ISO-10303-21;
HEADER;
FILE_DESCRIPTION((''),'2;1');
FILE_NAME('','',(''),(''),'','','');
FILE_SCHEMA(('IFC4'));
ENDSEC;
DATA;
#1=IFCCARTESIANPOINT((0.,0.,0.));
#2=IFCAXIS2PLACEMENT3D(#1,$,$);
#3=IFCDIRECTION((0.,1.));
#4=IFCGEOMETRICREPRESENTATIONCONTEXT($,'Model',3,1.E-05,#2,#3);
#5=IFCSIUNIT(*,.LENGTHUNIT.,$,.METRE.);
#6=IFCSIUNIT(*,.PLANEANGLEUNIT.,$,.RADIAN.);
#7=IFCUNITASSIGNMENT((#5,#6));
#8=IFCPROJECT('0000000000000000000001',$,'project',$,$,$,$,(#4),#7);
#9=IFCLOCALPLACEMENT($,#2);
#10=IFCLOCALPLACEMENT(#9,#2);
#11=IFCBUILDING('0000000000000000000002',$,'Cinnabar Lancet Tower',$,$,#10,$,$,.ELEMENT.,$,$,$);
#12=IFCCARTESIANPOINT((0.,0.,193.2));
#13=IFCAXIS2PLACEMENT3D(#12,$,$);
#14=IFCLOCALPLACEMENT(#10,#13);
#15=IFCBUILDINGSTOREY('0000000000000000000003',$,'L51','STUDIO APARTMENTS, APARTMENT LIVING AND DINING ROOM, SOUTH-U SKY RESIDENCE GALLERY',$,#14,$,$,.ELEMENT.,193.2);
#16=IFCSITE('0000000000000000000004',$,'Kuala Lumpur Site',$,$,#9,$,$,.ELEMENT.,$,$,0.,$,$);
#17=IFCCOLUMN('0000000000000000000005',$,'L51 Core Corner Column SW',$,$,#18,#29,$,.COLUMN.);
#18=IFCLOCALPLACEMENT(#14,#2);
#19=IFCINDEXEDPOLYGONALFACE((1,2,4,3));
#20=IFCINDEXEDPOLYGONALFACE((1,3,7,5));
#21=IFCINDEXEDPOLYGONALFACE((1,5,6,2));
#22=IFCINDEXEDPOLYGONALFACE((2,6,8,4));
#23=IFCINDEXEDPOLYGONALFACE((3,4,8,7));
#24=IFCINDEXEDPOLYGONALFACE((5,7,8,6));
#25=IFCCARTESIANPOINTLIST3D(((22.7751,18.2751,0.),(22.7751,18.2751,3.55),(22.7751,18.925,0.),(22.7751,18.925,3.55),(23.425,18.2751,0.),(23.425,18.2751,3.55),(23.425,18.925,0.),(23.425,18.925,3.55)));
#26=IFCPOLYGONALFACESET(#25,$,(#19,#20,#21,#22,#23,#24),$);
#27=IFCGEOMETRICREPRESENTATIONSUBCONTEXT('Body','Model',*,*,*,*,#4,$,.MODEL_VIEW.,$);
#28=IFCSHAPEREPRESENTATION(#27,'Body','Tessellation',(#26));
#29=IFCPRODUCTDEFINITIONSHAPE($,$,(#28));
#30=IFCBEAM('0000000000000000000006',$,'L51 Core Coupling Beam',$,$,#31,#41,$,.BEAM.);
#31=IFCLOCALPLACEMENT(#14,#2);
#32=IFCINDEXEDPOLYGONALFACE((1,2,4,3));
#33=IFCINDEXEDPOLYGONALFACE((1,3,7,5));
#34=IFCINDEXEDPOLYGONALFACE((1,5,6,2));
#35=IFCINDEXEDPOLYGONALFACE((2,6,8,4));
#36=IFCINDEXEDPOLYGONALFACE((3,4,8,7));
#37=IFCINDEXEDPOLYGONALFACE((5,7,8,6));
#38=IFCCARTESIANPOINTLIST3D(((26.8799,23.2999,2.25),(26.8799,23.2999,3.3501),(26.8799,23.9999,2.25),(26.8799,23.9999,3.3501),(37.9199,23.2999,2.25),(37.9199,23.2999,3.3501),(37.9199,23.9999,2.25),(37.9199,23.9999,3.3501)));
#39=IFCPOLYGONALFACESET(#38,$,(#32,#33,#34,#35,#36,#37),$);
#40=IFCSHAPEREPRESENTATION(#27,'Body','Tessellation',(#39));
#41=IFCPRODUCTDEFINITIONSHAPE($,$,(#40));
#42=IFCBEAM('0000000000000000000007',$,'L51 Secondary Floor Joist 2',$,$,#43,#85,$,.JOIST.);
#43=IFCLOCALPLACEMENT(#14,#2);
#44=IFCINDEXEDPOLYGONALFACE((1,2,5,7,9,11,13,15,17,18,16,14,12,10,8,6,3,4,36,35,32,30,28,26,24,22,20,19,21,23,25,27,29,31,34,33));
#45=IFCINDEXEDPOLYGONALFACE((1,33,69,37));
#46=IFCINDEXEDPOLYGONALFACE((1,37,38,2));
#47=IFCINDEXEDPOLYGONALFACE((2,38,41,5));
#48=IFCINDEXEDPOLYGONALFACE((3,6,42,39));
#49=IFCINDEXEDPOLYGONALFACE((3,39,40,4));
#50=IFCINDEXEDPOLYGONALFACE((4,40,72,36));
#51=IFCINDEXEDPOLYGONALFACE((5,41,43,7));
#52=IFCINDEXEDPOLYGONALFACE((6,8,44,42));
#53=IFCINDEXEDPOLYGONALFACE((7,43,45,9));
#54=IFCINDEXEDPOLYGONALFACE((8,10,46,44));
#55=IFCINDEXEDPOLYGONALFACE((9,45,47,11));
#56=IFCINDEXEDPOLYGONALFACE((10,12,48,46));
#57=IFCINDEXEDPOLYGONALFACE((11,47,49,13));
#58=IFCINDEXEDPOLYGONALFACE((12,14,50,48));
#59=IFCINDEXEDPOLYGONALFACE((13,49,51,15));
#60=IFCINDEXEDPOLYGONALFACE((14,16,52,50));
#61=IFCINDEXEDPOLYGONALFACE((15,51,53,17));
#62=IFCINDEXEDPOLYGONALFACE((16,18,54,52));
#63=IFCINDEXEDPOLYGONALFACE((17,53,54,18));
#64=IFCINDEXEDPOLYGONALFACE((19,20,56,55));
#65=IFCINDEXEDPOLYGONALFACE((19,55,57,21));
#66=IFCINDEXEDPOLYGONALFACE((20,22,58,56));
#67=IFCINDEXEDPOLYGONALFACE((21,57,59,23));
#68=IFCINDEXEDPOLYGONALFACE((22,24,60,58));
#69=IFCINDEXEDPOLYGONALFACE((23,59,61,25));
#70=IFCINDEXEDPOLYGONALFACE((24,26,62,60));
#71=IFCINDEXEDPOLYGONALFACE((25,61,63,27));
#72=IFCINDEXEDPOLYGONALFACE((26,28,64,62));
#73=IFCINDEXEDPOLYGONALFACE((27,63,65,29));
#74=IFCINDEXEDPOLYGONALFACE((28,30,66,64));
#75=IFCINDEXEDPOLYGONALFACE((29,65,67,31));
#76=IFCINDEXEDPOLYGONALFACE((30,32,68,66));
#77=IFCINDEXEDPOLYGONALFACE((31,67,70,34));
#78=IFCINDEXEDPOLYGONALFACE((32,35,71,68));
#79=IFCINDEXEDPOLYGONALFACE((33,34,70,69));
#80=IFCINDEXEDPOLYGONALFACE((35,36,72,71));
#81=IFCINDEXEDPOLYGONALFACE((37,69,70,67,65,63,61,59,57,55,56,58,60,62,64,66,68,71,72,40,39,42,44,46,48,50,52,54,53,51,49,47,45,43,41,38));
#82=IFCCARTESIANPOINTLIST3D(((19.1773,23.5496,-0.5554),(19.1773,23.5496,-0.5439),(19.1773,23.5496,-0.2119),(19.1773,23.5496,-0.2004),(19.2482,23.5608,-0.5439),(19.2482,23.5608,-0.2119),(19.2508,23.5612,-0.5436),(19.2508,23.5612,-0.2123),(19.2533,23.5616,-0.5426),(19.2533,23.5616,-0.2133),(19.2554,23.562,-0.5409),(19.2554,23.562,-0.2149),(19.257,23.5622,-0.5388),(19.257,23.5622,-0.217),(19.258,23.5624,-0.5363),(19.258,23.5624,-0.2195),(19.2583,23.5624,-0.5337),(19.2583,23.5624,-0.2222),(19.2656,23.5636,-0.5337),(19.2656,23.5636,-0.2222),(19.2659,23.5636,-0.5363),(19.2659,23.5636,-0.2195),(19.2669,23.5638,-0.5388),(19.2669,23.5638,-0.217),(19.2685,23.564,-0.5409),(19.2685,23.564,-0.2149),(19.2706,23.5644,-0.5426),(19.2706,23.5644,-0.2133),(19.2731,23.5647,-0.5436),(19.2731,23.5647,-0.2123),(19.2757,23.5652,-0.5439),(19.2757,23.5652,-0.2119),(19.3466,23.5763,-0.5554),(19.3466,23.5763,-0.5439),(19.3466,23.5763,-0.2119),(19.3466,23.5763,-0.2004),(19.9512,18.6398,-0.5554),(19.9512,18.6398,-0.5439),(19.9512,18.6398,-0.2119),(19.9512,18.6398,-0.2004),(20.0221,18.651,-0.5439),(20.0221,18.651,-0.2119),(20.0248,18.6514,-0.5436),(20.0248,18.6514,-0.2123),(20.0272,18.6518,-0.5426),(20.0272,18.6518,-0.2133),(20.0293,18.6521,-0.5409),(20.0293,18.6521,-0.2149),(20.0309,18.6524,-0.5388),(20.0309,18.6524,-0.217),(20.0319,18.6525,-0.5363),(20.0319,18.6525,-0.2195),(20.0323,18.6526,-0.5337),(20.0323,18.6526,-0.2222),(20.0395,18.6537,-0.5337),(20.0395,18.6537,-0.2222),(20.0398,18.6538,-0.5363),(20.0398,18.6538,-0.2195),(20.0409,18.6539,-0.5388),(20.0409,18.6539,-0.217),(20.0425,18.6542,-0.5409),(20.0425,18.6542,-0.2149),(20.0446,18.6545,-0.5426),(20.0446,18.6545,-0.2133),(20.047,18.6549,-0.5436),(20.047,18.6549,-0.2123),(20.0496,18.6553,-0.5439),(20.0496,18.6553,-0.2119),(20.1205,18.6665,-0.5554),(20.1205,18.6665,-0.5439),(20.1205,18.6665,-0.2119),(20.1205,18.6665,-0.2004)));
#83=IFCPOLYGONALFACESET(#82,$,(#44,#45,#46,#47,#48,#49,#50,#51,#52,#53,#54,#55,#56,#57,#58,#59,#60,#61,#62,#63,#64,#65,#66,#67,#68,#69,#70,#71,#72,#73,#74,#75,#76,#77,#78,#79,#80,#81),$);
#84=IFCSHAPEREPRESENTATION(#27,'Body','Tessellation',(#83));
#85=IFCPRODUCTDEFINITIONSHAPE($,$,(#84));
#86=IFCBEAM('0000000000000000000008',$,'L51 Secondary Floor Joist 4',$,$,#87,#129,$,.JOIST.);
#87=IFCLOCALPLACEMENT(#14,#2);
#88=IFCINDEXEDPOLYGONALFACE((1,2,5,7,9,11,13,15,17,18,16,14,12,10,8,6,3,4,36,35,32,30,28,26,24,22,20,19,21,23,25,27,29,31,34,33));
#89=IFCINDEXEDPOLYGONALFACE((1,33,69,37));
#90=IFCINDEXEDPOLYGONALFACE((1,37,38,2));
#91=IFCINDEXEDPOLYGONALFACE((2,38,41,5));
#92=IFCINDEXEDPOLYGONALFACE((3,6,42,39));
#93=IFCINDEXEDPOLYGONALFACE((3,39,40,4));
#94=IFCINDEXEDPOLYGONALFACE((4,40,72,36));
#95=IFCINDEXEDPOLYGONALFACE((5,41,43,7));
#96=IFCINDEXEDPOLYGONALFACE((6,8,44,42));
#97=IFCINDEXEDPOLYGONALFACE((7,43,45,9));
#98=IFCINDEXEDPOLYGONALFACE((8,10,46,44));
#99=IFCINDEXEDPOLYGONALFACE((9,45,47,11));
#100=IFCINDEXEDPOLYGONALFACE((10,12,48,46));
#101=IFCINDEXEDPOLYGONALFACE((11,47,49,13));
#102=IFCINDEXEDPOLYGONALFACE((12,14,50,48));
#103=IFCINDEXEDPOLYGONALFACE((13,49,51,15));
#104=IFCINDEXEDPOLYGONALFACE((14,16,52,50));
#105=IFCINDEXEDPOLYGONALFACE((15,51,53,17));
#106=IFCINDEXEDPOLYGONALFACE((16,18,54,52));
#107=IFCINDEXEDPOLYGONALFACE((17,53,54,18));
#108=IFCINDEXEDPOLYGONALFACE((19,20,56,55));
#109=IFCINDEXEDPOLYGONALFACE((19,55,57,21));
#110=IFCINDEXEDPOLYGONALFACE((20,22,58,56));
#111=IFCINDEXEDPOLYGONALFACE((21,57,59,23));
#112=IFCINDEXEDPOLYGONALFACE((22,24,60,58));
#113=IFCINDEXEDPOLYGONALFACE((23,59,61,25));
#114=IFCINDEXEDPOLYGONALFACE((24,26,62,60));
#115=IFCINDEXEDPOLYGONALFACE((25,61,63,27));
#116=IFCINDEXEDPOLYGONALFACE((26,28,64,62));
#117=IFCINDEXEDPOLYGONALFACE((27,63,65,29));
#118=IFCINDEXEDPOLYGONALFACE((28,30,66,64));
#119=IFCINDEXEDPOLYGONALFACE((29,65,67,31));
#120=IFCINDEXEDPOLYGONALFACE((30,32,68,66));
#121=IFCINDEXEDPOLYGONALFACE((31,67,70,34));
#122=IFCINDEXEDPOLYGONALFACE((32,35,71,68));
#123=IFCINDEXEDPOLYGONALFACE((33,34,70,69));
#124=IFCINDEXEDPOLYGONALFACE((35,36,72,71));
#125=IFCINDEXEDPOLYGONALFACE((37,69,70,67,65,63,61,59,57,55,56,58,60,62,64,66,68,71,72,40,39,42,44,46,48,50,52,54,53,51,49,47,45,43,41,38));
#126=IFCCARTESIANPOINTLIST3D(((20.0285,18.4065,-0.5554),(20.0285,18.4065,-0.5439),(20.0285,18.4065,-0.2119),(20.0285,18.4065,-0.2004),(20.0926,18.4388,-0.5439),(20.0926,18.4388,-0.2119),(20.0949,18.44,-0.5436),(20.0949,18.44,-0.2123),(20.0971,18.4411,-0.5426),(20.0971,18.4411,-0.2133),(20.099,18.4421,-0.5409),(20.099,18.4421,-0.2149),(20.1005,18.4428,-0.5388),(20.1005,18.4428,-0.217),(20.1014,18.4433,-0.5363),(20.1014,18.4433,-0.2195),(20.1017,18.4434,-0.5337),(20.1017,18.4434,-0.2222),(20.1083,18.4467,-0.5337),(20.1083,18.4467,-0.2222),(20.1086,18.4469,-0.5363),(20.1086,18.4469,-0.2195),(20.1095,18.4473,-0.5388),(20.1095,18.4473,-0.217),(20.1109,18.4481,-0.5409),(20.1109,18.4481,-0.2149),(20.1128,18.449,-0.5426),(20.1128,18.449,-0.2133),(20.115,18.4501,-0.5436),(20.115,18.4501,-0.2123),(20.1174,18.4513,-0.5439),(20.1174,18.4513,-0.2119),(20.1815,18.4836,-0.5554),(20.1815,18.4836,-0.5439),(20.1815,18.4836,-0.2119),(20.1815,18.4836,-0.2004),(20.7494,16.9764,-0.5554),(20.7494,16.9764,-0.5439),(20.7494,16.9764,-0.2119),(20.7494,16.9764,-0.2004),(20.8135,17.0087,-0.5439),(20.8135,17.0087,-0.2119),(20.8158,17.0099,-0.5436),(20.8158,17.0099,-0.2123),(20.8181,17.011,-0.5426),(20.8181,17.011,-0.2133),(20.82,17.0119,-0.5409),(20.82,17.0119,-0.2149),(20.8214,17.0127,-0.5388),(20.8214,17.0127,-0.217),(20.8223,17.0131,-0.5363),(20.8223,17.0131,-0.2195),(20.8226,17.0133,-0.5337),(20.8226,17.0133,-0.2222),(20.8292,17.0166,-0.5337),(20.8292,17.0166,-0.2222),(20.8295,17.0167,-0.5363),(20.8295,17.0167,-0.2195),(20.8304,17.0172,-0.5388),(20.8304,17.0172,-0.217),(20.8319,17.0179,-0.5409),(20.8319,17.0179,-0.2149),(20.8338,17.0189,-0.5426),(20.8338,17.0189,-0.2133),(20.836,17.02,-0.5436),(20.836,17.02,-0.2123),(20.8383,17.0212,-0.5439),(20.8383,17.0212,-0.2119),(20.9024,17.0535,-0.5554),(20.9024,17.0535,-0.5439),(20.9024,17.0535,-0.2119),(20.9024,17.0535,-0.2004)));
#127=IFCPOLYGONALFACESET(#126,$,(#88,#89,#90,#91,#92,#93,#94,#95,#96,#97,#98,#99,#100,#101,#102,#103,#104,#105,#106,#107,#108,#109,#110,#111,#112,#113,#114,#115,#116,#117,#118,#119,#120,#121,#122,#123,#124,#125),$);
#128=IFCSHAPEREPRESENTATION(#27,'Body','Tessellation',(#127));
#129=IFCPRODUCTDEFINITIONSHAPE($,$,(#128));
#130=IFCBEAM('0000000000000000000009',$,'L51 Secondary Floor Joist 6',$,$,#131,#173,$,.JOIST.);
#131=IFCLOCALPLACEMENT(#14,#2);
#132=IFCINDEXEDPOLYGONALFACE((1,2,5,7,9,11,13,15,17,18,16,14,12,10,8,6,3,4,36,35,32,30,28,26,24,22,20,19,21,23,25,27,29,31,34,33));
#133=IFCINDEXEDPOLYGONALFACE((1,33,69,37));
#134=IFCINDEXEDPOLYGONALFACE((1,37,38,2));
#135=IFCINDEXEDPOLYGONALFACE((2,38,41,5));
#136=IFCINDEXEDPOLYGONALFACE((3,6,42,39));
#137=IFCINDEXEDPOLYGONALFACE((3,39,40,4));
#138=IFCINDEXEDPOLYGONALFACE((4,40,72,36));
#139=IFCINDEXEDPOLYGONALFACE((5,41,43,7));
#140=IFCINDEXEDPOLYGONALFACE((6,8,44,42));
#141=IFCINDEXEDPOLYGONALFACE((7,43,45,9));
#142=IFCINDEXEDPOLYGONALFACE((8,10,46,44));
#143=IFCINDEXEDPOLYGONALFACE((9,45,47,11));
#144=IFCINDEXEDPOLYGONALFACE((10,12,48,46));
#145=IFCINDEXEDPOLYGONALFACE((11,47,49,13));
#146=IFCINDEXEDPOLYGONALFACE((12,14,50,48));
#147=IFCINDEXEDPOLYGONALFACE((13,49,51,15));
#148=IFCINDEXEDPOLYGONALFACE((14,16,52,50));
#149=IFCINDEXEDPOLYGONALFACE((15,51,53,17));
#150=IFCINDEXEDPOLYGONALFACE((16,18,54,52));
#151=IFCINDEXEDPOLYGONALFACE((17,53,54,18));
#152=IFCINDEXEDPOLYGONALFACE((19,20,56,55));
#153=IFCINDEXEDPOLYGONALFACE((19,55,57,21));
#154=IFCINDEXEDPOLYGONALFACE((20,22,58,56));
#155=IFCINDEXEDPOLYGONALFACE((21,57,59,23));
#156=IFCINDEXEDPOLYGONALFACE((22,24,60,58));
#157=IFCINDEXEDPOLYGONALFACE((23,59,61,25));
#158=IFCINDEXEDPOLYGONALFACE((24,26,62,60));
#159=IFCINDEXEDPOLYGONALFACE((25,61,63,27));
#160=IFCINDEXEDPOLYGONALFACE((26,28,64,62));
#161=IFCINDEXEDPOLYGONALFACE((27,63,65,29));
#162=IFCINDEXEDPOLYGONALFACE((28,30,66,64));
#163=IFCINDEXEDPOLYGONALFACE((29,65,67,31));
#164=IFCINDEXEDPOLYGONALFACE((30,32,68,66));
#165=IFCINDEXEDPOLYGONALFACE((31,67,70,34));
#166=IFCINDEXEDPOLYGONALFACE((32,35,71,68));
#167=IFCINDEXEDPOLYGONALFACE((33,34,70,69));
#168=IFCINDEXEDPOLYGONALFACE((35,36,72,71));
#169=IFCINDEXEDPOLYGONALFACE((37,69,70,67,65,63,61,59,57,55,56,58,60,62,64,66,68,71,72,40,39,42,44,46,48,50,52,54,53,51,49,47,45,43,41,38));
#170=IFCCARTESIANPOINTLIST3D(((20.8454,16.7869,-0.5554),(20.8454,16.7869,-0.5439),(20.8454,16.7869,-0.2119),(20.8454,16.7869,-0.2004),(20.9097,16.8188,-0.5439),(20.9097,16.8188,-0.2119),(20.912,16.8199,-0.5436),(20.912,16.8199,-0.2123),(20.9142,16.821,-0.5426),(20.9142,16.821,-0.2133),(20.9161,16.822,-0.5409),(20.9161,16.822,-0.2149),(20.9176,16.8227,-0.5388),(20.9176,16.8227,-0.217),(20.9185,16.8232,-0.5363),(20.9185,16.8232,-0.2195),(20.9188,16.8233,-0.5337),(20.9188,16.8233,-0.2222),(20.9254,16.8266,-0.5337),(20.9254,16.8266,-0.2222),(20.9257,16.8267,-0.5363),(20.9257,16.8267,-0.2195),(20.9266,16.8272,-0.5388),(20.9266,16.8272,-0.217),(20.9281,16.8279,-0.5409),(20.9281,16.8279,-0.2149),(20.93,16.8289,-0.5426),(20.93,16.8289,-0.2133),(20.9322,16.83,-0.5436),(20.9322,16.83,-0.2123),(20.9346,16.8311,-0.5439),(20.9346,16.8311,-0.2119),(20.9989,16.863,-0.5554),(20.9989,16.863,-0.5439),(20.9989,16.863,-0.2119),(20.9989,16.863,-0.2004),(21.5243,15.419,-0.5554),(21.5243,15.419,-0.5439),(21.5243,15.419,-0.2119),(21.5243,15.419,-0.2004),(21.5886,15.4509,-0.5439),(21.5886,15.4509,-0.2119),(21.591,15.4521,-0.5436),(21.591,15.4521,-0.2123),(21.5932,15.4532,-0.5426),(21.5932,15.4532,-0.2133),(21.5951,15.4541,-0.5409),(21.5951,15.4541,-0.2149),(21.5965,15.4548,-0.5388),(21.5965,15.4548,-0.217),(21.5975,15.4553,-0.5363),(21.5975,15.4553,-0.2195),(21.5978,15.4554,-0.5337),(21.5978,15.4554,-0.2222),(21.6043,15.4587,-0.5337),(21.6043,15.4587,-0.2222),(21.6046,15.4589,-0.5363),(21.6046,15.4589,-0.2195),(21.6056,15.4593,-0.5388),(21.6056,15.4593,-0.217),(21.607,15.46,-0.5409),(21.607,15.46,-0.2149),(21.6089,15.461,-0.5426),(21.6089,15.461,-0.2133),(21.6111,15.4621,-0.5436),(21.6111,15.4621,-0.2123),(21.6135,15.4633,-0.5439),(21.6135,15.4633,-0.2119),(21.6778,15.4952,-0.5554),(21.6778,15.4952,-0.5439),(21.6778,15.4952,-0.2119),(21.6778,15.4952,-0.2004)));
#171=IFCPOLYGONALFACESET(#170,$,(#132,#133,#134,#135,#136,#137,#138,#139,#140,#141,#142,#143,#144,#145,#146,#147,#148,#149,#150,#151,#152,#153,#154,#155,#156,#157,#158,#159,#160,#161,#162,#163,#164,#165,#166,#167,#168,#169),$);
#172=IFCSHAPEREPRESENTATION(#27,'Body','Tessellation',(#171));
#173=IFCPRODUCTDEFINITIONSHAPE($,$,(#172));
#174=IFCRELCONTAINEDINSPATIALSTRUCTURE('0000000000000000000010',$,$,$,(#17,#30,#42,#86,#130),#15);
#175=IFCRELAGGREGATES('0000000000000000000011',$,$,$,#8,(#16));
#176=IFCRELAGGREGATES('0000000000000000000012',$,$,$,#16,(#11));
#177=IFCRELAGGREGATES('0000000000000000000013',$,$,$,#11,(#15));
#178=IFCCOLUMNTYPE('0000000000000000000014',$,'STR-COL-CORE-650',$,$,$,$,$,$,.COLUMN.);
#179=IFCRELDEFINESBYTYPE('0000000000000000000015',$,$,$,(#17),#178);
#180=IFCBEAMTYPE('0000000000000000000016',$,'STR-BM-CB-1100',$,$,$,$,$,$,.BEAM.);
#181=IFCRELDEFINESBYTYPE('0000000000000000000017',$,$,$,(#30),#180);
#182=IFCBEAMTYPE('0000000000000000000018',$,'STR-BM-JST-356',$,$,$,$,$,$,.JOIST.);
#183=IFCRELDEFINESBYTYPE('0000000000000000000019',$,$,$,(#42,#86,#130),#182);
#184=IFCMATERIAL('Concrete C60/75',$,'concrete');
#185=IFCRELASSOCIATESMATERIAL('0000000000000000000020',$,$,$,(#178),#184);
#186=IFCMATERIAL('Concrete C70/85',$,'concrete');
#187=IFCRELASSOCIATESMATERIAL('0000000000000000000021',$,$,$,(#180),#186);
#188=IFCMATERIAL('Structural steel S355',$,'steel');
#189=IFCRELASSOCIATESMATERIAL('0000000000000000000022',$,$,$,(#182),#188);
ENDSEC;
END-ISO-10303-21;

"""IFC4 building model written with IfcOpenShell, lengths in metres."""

from ifc_helpers import new_model, si_unit, direction, frame, origin, origin_2d, place, context, subcontext, project, spatial, rectangle, i_section, extrude, material, material_profile, profile_set, type_object, element, save


model = new_model("IFC4")

# Units and contexts
model_context = context("Model", 3, precision=1e-05, world=origin(), true_north=direction((0.0, 1.0)))
body_context = subcontext(model_context, "Body", "Model", "MODEL_VIEW")
ifc_project = project(units=[si_unit("LENGTHUNIT", "METRE"), si_unit("PLANEANGLEUNIT", "RADIAN")], contexts=[model_context])

# Site, building, storey
site_placement = place(None, origin())
site = spatial("IfcSite", under=ifc_project, at=site_placement, Name="Kuala Lumpur Site", CompositionType="ELEMENT", RefElevation=0.0)
building_placement = place(site_placement, origin())
building = spatial("IfcBuilding", under=site, at=building_placement, Name="Cinnabar Lancet Tower", CompositionType="ELEMENT")
storey_placement = place(building_placement, frame((0.0, 0.0, 193.2)))
storey = spatial("IfcBuildingStorey", under=building, at=storey_placement, Name="L51", Description="STUDIO APARTMENTS, APARTMENT LIVING AND DINING ROOM, SOUTH-U SKY RESIDENCE GALLERY", CompositionType="ELEMENT", Elevation=193.2)

# Column
ifc_material_1 = material(Name="Concrete C60/75", Category="concrete")
ifc_material_profile_1 = material_profile(ifc_material_1, rectangle(XDim=0.6499, YDim=0.6499, at=origin_2d()), Name="RC-COL 650x650")
ifc_profile_set_1 = profile_set([ifc_material_profile_1], Name="Concrete C60/75")
column_type = type_object("IfcColumnType", Name="STR-COL-CORE-650", PredefinedType="COLUMN", material=ifc_profile_set_1)
column_placement = place(storey_placement, frame((23.1001, 18.6001, 0.0), z_axis=(0.0, 0.0, 1.0), x_axis=(1.0, 0.0, 0.0)))
element("IfcColumn", 1, at=column_placement, inside=storey, type_object=column_type, Name="L51 Core Corner Column SW", PredefinedType="COLUMN", context=body_context, shape_type="SweptSolid", body=[
    extrude(rectangle(XDim=0.6499, YDim=0.6499, at=origin_2d()), origin(), (0.0, 0.0, 1.0), 3.55),
])

# Beams
ifc_material_2 = material(Name="Concrete C70/85", Category="concrete")
ifc_material_profile_2 = material_profile(ifc_material_2, rectangle(XDim=0.7, YDim=1.1001, at=origin_2d()), Name="RC-CB 700x1100")
ifc_profile_set_2 = profile_set([ifc_material_profile_2], Name="Concrete C70/85")
beam_type_1 = type_object("IfcBeamType", Name="STR-BM-CB-1100", PredefinedType="BEAM", material=ifc_profile_set_2)
beam_1_placement = place(storey_placement, frame((26.8799, 23.6499, 2.8), z_axis=(1.0, 0.0, 0.0), x_axis=(0.0, 1.0, 0.0)))
element("IfcBeam", 2, at=beam_1_placement, inside=storey, type_object=beam_type_1, Name="L51 Core Coupling Beam", PredefinedType="BEAM", context=body_context, shape_type="SweptSolid", body=[
    extrude(rectangle(XDim=0.7, YDim=1.1001, at=origin_2d()), origin(), (0.0, 0.0, 1.0), 11.04),
])
ifc_material_3 = material(Name="Structural steel S355", Category="steel")
ifc_material_profile_3 = material_profile(ifc_material_3, i_section(OverallWidth=0.1714, OverallDepth=0.355, WebThickness=0.0073, FlangeThickness=0.0115, FilletRadius=0.0103, at=origin_2d()), Name="UKB 356x171x51")
ifc_profile_set_3 = profile_set([ifc_material_profile_3], Name="Structural steel S355")
beam_type_2 = type_object("IfcBeamType", Name="STR-BM-JST-356", PredefinedType="JOIST", material=ifc_profile_set_3)
beam_2_placement = place(storey_placement, frame((19.262, 23.563, -0.3779), z_axis=(0.155703, -0.987804, 0.0), x_axis=(0.987804, 0.155703, 0.0)))
element("IfcBeam", 3, at=beam_2_placement, inside=storey, type_object=beam_type_2, Name="L51 Secondary Floor Joist 2", PredefinedType="JOIST", context=body_context, shape_type="SweptSolid", body=[
    extrude(i_section(OverallWidth=0.1714, OverallDepth=0.355, WebThickness=0.0073, FlangeThickness=0.0115, FilletRadius=0.0103, at=origin_2d()), origin(), (0.0, 0.0, 1.0), 4.9705),
])
beam_3_placement = place(storey_placement, frame((20.105, 18.4451, -0.3779), z_axis=(0.450138, -0.892959, 0.0), x_axis=(0.892959, 0.450138, 0.0)))
element("IfcBeam", 4, at=beam_3_placement, inside=storey, type_object=beam_type_2, Name="L51 Secondary Floor Joist 4", PredefinedType="JOIST", context=body_context, shape_type="SweptSolid", body=[
    extrude(i_section(OverallWidth=0.1714, OverallDepth=0.355, WebThickness=0.0073, FlangeThickness=0.0115, FilletRadius=0.0103, at=origin_2d()), origin(), (0.0, 0.0, 1.0), 1.6016),
])
beam_4_placement = place(storey_placement, frame((20.9221, 16.825, -0.3779), z_axis=(0.44459, -0.895734, 0.0), x_axis=(0.895734, 0.44459, 0.0)))
element("IfcBeam", 5, at=beam_4_placement, inside=storey, type_object=beam_type_2, Name="L51 Secondary Floor Joist 6", PredefinedType="JOIST", context=body_context, shape_type="SweptSolid", body=[
    extrude(i_section(OverallWidth=0.1714, OverallDepth=0.355, WebThickness=0.0073, FlangeThickness=0.0115, FilletRadius=0.0103, at=origin_2d()), origin(), (0.0, 0.0, 1.0), 1.5271),
])

save(model, "model.ifc")
